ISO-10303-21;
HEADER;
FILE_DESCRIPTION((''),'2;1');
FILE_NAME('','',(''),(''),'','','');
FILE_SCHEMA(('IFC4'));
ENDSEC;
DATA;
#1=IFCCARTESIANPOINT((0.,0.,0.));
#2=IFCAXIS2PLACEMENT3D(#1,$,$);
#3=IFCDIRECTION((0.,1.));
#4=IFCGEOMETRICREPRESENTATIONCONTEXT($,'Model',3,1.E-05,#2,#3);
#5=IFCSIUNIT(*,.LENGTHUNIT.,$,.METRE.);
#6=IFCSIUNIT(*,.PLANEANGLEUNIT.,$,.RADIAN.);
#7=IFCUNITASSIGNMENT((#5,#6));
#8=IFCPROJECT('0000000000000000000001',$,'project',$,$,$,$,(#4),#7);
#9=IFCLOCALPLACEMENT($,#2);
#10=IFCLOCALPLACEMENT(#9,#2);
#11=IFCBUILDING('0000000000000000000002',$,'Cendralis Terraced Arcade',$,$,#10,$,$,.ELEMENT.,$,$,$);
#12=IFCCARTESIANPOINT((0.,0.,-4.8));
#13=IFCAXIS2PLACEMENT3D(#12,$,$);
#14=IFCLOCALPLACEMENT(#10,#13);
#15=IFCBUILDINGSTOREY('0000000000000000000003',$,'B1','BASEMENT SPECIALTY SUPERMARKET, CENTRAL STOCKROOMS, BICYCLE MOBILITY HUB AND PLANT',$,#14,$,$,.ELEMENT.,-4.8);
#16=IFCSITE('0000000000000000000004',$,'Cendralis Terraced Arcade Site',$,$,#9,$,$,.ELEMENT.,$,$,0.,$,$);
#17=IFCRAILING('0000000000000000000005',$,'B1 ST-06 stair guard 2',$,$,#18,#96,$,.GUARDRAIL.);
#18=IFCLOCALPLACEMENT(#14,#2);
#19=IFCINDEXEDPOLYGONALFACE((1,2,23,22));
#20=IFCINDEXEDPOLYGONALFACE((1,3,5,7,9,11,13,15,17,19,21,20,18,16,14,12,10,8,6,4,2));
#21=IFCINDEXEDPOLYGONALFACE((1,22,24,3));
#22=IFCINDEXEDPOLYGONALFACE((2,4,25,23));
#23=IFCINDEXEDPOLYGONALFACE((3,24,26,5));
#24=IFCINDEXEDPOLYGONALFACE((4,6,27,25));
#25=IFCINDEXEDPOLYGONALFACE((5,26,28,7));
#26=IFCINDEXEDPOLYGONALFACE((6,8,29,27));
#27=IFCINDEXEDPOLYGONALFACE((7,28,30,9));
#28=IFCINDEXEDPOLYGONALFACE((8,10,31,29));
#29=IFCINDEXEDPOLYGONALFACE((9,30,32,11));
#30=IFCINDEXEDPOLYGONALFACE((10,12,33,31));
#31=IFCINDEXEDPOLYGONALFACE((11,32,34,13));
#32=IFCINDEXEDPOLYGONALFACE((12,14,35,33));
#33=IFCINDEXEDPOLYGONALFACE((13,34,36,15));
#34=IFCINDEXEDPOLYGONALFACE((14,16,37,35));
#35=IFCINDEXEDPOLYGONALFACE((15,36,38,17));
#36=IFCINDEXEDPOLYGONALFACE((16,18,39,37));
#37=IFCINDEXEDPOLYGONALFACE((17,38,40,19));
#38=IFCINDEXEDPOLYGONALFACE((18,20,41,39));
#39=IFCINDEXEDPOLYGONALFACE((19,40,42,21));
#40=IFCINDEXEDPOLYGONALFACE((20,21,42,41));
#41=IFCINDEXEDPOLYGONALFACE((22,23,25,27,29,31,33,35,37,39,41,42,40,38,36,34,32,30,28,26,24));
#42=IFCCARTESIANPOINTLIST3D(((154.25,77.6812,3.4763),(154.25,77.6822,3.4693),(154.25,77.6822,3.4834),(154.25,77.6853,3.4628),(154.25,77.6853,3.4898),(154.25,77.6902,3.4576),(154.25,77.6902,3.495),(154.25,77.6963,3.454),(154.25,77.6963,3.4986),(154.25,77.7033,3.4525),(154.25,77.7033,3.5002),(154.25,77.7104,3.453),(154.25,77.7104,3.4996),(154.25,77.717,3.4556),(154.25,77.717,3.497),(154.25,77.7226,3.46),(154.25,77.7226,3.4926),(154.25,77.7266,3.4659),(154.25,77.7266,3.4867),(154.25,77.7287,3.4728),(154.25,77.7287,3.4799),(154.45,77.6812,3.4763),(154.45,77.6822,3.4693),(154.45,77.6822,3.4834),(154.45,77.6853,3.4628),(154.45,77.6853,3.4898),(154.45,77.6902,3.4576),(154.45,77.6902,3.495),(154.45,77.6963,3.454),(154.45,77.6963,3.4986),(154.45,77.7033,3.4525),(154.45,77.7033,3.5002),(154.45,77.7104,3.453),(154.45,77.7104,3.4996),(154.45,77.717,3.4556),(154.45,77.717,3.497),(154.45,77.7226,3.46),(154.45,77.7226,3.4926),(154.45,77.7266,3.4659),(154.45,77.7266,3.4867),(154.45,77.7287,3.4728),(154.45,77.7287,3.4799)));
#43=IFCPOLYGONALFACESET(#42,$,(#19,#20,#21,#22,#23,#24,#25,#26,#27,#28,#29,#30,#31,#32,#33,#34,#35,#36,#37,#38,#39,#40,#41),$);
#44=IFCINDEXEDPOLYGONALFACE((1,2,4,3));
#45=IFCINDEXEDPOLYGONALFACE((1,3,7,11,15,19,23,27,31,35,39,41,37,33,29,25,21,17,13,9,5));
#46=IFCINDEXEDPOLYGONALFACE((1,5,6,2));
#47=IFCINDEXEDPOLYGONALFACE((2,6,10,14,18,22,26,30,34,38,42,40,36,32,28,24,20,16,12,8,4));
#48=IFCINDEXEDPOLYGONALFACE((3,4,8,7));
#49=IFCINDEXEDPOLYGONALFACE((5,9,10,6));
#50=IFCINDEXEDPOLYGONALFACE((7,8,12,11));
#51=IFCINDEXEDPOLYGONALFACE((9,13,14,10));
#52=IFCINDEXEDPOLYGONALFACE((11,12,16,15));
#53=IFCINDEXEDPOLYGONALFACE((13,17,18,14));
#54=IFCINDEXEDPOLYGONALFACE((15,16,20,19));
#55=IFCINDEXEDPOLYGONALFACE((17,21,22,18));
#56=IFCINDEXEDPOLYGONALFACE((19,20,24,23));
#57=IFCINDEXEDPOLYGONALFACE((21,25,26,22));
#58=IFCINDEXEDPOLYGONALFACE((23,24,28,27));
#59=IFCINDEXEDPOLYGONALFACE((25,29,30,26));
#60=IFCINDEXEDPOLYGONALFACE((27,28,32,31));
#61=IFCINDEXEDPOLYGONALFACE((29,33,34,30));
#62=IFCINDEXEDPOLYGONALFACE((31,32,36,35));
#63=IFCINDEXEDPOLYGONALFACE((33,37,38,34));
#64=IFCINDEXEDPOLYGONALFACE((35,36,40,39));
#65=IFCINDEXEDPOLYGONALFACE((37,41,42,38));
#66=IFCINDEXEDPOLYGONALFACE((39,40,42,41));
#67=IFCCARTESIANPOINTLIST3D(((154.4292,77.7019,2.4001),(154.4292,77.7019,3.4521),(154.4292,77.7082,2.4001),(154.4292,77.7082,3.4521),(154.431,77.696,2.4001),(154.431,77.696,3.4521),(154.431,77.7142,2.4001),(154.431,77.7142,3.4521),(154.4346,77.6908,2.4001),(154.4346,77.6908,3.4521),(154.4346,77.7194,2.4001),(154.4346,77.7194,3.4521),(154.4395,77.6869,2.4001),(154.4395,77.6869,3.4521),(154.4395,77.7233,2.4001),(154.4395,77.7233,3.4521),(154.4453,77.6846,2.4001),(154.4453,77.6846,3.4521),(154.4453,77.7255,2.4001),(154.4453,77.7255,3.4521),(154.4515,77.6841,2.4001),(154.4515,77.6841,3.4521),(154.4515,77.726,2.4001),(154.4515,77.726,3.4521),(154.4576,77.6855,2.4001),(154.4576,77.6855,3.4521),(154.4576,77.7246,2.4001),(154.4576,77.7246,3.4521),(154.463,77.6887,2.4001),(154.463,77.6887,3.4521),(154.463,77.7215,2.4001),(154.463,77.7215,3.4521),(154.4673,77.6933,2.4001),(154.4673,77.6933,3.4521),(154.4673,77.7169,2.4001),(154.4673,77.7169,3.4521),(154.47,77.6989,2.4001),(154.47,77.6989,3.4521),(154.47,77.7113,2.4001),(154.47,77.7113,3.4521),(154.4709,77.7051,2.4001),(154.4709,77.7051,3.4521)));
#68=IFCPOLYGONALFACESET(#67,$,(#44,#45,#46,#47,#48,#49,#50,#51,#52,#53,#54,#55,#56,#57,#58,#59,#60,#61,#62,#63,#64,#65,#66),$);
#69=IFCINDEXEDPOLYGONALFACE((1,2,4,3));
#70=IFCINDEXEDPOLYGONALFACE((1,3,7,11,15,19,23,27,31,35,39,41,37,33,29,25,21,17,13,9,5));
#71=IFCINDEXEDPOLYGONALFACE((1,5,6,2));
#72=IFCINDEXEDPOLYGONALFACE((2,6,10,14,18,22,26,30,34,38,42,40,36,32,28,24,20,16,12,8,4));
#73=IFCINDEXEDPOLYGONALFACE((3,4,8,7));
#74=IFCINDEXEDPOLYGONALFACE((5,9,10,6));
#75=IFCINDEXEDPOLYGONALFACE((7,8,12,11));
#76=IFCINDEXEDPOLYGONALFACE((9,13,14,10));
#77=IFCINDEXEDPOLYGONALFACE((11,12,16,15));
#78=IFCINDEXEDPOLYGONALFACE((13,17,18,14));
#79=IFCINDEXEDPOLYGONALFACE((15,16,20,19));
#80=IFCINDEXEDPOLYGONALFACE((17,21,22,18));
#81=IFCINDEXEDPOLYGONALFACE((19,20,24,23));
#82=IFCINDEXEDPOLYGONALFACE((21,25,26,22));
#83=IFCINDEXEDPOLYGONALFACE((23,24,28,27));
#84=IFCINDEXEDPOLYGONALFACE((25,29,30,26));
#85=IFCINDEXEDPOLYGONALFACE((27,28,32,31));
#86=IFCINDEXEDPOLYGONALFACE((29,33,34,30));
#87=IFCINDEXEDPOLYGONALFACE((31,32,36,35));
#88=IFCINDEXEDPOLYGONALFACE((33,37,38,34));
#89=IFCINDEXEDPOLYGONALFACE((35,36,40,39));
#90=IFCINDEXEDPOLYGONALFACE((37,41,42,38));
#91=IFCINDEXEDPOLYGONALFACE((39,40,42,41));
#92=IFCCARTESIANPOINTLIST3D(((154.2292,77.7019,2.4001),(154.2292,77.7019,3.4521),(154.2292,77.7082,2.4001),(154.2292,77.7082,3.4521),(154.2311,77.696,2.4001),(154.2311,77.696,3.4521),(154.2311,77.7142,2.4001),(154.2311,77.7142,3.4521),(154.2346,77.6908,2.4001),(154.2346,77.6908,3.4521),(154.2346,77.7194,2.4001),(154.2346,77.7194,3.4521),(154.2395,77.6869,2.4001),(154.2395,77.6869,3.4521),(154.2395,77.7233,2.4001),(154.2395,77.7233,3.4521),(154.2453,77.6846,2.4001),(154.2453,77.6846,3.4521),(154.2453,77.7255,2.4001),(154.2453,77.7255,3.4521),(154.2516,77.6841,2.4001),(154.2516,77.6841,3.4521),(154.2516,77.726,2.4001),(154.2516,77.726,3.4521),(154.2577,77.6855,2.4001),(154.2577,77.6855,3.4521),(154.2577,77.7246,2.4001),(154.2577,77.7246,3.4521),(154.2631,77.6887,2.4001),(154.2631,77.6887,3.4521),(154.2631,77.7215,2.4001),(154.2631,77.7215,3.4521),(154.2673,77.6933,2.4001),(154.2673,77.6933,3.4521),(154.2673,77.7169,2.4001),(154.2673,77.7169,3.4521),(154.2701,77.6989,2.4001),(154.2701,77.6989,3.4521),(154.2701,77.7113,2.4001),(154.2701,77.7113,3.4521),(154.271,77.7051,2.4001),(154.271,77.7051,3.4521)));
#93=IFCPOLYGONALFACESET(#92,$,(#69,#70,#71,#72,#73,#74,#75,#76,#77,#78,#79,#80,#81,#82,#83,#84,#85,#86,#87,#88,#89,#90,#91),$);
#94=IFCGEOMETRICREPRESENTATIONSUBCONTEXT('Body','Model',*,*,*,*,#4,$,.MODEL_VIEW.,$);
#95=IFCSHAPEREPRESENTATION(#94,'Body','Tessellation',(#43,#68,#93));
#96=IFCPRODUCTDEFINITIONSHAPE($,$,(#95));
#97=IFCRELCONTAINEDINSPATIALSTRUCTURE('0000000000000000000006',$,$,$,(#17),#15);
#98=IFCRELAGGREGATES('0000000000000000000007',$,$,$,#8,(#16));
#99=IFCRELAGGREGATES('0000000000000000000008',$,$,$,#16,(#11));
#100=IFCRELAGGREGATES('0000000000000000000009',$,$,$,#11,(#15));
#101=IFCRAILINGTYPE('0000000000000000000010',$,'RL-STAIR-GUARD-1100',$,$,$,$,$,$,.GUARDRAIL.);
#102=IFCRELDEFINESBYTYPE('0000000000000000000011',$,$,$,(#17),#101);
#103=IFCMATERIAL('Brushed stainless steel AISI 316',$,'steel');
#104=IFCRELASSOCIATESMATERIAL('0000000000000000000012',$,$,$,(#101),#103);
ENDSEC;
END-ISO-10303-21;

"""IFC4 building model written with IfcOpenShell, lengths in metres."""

from ifc_helpers import new_model, si_unit, direction, frame, origin, origin_2d, place, context, subcontext, project, spatial, circle, extrude, material, type_object, element, save


model = new_model("IFC4")

# Units and contexts
model_context = context("Model", 3, precision=1e-05, world=origin(), true_north=direction((0.0, 1.0)))
body_context = subcontext(model_context, "Body", "Model", "MODEL_VIEW")
ifc_project = project(units=[si_unit("LENGTHUNIT", "METRE"), si_unit("PLANEANGLEUNIT", "RADIAN")], contexts=[model_context])

# Site, building, storey
site_placement = place(None, origin())
site = spatial("IfcSite", under=ifc_project, at=site_placement, Name="Cendralis Terraced Arcade Site", CompositionType="ELEMENT", RefElevation=0.0)
building_placement = place(site_placement, origin())
building = spatial("IfcBuilding", under=site, at=building_placement, Name="Cendralis Terraced Arcade", CompositionType="ELEMENT")
storey_placement = place(building_placement, frame((0.0, 0.0, -4.8)))
storey = spatial("IfcBuildingStorey", under=building, at=storey_placement, Name="B1", Description="BASEMENT SPECIALTY SUPERMARKET, CENTRAL STOCKROOMS, BICYCLE MOBILITY HUB AND PLANT", CompositionType="ELEMENT", Elevation=-4.8)

# Railing
ifc_material_1 = material(Name="Brushed stainless steel AISI 316", Category="steel")
railing_type_1 = type_object("IfcRailingType", Name="RL-STAIR-GUARD-1100", PredefinedType="GUARDRAIL", material=ifc_material_1)
railing_1_placement = place(storey_placement, frame((154.45, 77.7051, 2.4001)))
element("IfcRailing", 1, at=railing_1_placement, inside=storey, type_object=railing_type_1, Name="B1 ST-06 stair guard 2", PredefinedType="GUARDRAIL", context=body_context, shape_type="SweptSolid", body=[
    extrude(circle(Radius=0.0239, at=origin_2d()), frame((0.0, 0.0, 1.0762), z_axis=(-1.0, 0.0, 0.0), x_axis=(0.0, -1.0, 0.0)), (0.0, 0.0, 1.0), 0.2),
    extrude(circle(Radius=0.021, at=origin_2d()), origin(), (0.0, 0.0, 1.0), 1.052),
    extrude(circle(Radius=0.021, at=origin_2d()), frame((-0.2, 0.0, 0.0)), (0.0, 0.0, 1.0), 1.052),
])

save(model, "model.ifc")
